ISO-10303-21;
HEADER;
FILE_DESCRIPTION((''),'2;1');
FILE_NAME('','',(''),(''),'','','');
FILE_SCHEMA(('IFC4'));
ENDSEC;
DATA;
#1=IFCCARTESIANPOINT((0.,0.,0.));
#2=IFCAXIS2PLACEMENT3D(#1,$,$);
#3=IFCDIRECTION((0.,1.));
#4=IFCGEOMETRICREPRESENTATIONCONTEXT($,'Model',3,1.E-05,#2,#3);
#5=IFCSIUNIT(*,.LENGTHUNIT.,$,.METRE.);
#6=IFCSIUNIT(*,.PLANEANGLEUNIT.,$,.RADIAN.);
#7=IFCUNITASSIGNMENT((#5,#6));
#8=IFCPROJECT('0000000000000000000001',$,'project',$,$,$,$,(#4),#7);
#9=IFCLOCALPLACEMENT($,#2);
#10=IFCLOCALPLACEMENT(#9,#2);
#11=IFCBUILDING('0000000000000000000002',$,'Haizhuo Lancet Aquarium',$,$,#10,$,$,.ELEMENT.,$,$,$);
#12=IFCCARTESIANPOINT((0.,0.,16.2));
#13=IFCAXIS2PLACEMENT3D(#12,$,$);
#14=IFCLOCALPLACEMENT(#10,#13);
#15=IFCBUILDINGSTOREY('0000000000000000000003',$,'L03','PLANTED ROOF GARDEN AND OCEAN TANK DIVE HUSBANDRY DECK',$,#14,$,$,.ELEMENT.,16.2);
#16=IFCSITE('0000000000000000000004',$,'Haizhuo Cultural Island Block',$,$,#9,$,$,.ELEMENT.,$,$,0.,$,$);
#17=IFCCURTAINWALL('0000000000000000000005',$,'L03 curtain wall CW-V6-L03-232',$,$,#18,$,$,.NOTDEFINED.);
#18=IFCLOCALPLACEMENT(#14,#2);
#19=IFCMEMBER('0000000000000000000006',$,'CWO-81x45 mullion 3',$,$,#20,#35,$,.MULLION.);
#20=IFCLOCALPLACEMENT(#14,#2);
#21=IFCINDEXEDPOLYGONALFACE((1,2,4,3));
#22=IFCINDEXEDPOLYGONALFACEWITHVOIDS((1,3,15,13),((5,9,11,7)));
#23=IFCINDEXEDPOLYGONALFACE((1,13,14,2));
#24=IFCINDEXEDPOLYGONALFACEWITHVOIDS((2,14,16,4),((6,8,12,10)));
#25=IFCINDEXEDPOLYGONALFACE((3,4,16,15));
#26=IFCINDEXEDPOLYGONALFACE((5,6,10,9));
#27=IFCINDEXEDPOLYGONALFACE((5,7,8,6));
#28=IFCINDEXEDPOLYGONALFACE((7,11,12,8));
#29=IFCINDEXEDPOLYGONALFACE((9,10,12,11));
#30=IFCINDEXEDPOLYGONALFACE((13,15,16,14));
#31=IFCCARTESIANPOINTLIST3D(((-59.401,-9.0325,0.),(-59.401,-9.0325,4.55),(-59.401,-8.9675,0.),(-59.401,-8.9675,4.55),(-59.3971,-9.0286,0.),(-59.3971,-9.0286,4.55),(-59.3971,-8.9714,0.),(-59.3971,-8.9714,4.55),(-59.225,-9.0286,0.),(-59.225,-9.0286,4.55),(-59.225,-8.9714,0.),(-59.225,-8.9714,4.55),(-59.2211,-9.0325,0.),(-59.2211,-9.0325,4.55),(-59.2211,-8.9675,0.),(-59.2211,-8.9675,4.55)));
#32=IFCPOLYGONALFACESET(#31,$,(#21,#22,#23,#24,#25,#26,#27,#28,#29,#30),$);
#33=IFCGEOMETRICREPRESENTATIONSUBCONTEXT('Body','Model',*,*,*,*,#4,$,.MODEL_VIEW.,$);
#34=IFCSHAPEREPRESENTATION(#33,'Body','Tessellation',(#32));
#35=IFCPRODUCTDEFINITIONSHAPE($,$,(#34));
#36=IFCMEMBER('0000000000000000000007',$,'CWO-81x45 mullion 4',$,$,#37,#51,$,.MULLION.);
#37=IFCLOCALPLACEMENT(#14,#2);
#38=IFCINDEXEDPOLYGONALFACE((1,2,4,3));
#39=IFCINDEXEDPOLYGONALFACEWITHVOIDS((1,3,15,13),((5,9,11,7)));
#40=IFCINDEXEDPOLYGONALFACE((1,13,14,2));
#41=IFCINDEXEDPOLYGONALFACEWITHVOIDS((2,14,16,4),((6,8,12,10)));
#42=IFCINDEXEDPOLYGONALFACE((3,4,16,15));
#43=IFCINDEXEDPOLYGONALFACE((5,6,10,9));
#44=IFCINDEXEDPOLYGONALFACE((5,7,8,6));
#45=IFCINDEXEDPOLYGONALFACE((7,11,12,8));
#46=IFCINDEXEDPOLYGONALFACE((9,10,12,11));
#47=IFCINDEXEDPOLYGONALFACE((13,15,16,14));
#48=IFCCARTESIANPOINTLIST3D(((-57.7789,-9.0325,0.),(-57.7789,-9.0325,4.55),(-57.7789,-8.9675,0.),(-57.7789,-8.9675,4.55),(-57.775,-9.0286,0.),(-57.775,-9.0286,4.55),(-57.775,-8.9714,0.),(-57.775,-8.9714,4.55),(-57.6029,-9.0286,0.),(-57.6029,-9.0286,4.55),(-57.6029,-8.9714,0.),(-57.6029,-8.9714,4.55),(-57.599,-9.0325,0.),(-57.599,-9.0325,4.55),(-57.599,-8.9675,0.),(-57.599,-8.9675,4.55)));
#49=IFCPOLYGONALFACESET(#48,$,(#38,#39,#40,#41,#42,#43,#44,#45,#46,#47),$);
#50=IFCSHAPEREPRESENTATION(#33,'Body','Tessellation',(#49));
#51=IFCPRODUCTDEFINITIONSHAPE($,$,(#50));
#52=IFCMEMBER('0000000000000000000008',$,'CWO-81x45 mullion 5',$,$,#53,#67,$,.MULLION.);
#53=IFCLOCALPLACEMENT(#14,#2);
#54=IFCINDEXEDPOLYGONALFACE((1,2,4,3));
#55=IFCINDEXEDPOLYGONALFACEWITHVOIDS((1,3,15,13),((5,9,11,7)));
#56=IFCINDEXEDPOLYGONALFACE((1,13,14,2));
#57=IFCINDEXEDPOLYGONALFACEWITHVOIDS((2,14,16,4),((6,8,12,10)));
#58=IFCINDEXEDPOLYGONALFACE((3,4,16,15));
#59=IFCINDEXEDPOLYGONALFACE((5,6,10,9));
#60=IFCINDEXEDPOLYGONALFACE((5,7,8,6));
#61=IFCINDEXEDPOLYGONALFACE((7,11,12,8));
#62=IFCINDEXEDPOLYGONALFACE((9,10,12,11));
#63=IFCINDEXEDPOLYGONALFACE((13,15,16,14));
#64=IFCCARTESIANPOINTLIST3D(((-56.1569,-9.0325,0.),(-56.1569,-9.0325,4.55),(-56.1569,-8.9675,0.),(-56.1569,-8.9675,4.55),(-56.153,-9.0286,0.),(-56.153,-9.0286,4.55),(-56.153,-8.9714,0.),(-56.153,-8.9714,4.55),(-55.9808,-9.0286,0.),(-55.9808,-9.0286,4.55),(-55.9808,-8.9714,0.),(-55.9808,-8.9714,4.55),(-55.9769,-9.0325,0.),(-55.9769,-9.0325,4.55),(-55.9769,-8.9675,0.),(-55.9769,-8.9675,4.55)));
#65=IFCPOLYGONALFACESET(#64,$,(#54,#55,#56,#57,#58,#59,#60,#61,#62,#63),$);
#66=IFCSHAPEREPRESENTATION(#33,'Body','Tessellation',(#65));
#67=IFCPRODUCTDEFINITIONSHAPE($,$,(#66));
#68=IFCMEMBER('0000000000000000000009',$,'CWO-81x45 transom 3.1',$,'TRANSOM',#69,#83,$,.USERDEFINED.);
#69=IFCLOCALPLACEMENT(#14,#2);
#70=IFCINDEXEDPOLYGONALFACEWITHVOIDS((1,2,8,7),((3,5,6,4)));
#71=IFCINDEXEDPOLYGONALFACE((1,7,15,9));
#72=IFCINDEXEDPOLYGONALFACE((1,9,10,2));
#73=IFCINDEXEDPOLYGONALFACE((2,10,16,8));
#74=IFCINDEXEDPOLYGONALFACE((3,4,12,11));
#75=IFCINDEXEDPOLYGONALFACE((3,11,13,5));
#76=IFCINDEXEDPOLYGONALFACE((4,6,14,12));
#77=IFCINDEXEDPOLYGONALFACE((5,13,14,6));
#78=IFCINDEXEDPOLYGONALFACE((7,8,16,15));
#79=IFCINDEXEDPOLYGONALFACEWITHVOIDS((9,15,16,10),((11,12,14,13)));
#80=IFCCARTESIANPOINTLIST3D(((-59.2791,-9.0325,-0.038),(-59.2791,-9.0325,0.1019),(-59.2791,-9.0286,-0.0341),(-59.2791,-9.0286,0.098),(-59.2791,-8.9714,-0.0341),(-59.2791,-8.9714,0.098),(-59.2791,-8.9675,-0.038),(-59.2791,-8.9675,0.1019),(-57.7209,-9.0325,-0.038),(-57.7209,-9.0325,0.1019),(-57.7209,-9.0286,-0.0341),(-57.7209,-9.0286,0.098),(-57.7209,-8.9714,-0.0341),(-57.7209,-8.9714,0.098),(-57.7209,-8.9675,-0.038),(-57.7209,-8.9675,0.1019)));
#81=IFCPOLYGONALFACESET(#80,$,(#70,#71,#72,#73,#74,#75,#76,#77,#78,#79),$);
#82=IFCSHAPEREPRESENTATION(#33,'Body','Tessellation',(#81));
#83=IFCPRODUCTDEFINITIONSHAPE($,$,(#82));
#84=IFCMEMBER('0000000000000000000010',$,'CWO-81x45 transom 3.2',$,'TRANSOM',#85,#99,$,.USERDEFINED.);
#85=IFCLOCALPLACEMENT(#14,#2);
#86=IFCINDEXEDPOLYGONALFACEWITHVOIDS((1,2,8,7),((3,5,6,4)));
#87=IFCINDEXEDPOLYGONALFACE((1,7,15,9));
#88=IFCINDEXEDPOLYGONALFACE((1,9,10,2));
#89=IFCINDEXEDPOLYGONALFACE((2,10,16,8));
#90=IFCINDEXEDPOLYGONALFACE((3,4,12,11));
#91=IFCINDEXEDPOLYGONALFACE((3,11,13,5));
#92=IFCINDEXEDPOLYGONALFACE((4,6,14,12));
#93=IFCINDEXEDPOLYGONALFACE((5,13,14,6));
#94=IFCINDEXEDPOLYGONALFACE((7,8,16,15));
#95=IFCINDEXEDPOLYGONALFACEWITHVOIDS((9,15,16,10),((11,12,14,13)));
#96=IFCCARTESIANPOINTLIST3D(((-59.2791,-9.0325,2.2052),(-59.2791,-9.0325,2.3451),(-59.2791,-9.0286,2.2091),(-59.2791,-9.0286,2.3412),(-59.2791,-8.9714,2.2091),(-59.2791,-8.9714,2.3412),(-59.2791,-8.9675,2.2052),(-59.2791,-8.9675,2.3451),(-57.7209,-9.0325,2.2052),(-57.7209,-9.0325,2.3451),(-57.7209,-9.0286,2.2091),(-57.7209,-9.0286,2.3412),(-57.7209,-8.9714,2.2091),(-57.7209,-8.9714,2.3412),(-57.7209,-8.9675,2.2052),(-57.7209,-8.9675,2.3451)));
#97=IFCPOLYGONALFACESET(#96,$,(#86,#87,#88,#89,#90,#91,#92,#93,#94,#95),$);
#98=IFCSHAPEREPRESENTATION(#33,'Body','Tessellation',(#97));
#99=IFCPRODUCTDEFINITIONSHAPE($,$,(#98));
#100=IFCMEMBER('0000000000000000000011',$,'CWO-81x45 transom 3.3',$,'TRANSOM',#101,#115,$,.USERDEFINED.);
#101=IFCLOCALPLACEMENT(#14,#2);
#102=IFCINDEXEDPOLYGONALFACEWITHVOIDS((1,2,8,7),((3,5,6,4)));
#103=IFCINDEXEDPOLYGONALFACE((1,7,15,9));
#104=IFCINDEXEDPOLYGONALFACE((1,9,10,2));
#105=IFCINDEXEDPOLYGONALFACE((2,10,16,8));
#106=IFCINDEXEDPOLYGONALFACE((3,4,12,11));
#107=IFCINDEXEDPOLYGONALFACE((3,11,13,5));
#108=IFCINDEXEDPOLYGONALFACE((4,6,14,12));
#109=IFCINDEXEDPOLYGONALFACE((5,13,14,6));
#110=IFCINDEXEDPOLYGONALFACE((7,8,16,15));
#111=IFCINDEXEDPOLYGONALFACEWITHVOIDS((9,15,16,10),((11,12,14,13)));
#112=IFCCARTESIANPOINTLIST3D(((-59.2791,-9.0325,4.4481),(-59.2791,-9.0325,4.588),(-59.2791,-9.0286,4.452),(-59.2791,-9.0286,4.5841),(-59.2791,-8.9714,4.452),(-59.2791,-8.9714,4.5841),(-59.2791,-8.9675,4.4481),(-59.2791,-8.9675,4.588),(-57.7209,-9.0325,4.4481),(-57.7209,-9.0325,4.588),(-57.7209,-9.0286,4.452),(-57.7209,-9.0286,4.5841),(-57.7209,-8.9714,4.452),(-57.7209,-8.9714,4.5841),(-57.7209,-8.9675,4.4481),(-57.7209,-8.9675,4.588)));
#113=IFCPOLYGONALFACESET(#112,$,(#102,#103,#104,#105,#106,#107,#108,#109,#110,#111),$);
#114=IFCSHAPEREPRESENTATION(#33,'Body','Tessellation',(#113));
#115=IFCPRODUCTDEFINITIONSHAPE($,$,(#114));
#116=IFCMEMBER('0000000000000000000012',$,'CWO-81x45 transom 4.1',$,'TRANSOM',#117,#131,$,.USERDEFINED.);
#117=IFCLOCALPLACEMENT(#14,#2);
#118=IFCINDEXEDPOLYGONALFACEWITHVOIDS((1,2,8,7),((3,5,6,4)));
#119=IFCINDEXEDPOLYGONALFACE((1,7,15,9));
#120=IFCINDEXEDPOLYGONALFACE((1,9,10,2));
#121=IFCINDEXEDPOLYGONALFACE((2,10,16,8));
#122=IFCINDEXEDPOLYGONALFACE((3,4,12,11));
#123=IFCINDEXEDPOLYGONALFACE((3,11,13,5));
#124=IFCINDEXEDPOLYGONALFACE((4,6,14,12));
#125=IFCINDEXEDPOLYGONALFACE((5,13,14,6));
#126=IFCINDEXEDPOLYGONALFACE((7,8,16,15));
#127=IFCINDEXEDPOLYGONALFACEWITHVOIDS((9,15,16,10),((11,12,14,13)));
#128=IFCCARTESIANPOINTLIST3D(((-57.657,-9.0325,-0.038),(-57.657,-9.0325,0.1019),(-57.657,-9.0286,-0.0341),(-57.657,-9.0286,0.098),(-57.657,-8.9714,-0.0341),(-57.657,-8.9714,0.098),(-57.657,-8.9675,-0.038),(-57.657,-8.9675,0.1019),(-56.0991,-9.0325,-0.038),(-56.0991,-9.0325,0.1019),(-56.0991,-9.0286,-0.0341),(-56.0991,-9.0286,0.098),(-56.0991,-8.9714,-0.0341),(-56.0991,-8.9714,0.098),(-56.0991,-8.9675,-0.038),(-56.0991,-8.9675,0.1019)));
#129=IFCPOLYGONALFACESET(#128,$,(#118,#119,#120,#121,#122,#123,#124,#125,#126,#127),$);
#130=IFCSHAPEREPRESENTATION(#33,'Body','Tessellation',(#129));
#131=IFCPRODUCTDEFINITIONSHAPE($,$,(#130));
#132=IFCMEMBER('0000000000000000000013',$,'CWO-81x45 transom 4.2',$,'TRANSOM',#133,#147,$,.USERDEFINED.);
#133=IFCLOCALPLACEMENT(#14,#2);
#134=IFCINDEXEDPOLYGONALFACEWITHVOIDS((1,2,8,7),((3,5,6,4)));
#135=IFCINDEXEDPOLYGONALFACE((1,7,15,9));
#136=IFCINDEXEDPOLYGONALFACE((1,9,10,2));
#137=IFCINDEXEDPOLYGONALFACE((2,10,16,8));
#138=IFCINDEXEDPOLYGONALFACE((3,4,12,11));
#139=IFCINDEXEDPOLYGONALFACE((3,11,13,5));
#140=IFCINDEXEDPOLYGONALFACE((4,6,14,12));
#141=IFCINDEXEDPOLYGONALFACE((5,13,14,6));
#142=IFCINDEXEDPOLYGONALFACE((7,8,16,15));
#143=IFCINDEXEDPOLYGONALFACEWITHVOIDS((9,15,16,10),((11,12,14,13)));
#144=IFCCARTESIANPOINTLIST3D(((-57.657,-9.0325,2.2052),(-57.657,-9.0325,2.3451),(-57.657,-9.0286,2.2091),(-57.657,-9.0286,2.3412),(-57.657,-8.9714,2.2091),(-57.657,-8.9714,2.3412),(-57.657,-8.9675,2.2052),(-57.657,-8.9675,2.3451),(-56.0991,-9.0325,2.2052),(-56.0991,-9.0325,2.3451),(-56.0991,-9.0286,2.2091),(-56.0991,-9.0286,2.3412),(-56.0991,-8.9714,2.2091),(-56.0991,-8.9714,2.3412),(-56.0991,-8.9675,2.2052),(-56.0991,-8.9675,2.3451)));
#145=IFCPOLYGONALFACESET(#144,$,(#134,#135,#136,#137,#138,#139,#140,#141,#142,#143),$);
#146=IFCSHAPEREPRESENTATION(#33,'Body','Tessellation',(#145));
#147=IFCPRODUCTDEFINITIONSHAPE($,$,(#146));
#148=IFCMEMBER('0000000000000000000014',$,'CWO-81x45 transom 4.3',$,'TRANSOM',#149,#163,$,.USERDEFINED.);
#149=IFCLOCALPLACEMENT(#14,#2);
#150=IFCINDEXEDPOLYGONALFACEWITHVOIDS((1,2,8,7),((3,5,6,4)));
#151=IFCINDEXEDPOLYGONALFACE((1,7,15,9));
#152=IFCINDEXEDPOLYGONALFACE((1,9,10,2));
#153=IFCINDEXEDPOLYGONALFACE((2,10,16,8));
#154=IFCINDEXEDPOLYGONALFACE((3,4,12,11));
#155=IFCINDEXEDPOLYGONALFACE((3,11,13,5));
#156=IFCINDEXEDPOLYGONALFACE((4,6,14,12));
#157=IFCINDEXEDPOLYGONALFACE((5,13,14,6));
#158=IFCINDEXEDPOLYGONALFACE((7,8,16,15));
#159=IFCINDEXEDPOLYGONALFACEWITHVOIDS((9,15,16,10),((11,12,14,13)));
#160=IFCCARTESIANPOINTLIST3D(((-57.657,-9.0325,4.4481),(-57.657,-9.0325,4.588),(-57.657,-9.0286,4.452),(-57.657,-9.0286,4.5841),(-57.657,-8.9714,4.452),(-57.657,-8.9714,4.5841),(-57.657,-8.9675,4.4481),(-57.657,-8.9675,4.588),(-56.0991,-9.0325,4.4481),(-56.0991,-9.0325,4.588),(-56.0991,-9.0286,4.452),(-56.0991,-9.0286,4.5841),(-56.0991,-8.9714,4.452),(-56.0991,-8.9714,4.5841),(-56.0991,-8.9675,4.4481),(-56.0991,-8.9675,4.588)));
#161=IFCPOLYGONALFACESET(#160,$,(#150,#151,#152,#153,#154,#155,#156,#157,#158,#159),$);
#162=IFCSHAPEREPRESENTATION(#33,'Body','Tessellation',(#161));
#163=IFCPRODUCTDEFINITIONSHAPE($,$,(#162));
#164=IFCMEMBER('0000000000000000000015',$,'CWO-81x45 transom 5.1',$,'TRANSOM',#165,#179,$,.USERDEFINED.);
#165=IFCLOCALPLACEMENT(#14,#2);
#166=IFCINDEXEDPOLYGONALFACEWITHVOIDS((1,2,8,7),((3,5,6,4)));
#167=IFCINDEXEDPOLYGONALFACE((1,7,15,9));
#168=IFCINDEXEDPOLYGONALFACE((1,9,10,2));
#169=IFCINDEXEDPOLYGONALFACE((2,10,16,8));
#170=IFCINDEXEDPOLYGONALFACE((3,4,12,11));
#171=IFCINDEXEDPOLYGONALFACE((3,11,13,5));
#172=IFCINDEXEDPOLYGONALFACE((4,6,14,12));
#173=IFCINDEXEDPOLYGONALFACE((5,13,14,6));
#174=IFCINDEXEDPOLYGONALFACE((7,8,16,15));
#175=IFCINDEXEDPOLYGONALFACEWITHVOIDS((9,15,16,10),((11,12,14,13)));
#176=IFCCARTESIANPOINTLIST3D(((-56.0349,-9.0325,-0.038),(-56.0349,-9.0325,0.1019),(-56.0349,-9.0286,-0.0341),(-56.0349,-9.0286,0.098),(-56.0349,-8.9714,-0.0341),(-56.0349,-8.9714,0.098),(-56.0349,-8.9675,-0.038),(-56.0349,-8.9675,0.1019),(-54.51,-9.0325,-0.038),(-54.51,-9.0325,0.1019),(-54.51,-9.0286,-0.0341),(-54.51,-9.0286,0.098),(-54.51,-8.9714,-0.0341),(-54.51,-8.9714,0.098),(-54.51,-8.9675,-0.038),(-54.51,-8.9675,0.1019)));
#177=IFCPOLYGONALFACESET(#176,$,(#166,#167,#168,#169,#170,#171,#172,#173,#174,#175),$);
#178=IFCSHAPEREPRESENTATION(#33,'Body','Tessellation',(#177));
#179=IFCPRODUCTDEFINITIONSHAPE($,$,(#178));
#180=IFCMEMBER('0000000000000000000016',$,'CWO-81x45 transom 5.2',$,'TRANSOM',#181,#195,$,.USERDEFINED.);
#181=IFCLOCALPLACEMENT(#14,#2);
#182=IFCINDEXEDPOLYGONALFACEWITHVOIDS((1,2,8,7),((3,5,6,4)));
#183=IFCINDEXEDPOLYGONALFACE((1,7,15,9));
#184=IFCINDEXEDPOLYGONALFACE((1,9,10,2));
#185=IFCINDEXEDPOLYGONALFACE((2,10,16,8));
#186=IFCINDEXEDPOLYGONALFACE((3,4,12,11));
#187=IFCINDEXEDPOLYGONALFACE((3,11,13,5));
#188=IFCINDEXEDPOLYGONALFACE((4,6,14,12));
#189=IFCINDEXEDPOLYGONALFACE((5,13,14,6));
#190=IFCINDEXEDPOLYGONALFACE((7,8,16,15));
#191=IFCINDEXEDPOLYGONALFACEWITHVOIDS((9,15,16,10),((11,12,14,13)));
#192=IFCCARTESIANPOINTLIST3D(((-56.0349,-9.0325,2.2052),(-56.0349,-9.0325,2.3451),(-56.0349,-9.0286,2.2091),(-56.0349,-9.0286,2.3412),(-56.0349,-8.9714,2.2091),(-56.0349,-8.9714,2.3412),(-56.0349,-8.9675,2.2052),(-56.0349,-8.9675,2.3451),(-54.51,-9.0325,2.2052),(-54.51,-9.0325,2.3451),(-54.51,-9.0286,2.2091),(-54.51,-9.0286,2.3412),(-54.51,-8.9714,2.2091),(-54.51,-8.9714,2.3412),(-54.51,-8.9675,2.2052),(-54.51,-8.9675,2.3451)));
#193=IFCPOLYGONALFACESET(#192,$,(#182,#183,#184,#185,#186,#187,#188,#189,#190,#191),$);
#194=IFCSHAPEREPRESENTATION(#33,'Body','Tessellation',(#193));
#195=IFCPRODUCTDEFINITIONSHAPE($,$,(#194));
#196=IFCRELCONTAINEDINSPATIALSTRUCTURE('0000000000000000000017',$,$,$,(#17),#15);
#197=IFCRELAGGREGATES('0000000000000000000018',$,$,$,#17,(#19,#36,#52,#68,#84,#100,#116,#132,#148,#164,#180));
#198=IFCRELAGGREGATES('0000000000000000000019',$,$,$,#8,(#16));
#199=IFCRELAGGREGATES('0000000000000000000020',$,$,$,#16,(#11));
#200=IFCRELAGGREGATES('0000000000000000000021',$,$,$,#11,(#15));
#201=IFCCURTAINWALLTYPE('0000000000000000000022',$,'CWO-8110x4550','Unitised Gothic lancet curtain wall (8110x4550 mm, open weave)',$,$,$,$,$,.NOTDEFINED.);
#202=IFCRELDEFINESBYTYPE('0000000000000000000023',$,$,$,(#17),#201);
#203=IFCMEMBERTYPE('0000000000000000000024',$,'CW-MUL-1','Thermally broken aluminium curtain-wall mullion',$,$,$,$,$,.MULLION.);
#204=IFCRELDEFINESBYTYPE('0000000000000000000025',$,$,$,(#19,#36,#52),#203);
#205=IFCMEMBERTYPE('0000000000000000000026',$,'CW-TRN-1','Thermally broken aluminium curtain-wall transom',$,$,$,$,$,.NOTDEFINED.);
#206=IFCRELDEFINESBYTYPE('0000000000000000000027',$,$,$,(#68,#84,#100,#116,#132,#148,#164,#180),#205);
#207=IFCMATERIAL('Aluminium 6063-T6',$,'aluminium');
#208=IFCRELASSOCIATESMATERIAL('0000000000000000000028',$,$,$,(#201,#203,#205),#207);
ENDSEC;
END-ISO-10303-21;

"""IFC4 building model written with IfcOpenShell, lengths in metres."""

from ifc_helpers import new_model, si_unit, direction, frame, origin, origin_2d, place, context, subcontext, project, spatial, hollow_rectangle, extrude, material, material_profile, profile_set, type_object, element, aggregate, save


model = new_model("IFC4")

# Units and contexts
model_context = context("Model", 3, precision=1e-05, world=origin(), true_north=direction((0.0, 1.0)))
body_context = subcontext(model_context, "Body", "Model", "MODEL_VIEW")
ifc_project = project(units=[si_unit("LENGTHUNIT", "METRE"), si_unit("PLANEANGLEUNIT", "RADIAN")], contexts=[model_context])

# Site, building, storey
site_placement = place(None, origin())
site = spatial("IfcSite", under=ifc_project, at=site_placement, Name="Haizhuo Cultural Island Block", CompositionType="ELEMENT", RefElevation=0.0)
building_placement = place(site_placement, origin())
building = spatial("IfcBuilding", under=site, at=building_placement, Name="Haizhuo Lancet Aquarium", CompositionType="ELEMENT")
storey_placement = place(building_placement, frame((0.0, 0.0, 16.2)))
storey = spatial("IfcBuildingStorey", under=building, at=storey_placement, Name="L03", Description="PLANTED ROOF GARDEN AND OCEAN TANK DIVE HUSBANDRY DECK", CompositionType="ELEMENT", Elevation=16.2)

# Curtain wall, members
ifc_material_1 = material(Name="Aluminium 6063-T6", Category="aluminium")
curtain_wall_type = type_object("IfcCurtainWallType", Name="CWO-8110x4550", Description="Unitised Gothic lancet curtain wall (8110x4550 mm, open weave)", PredefinedType="NOTDEFINED", material=ifc_material_1)
curtain_wall_placement = place(storey_placement, origin())
curtain_wall = element("IfcCurtainWall", 1, at=curtain_wall_placement, inside=storey, type_object=curtain_wall_type, Name="L03 curtain wall CW-V6-L03-232", PredefinedType="NOTDEFINED")
ifc_material_profile_1 = material_profile(ifc_material_1, hollow_rectangle(XDim=0.0649, YDim=0.1799, WallThickness=0.0039, at=origin_2d()), Name="ALU-M 65x180x4")
ifc_profile_set_1 = profile_set([ifc_material_profile_1], Name="Aluminium 6063-T6")
member_type_1 = type_object("IfcMemberType", Name="CW-MUL-1", Description="Thermally broken aluminium curtain-wall mullion", PredefinedType="MULLION", material=ifc_profile_set_1)
member_1_placement = place(storey_placement, frame((-59.311, -9.0, 0.0), z_axis=(0.0, 0.0, 1.0), x_axis=(0.0, 1.0, 0.0)))
member_1 = element("IfcMember", 2, at=member_1_placement, type_object=member_type_1, Name="CWO-81x45 mullion 3", PredefinedType="MULLION", context=body_context, shape_type="SweptSolid", body=[
    extrude(hollow_rectangle(XDim=0.0649, YDim=0.1799, WallThickness=0.0039, at=origin_2d()), origin(), (0.0, 0.0, 1.0), 4.55),
])
member_2_placement = place(storey_placement, frame((-57.689, -9.0, 0.0), z_axis=(0.0, 0.0, 1.0), x_axis=(0.0, 1.0, 0.0)))
member_2 = element("IfcMember", 3, at=member_2_placement, type_object=member_type_1, Name="CWO-81x45 mullion 4", PredefinedType="MULLION", context=body_context, shape_type="SweptSolid", body=[
    extrude(hollow_rectangle(XDim=0.0649, YDim=0.1799, WallThickness=0.0039, at=origin_2d()), origin(), (0.0, 0.0, 1.0), 4.55),
])
member_3_placement = place(storey_placement, frame((-56.0669, -9.0, 0.0), z_axis=(0.0, 0.0, 1.0), x_axis=(0.0, 1.0, 0.0)))
member_3 = element("IfcMember", 4, at=member_3_placement, type_object=member_type_1, Name="CWO-81x45 mullion 5", PredefinedType="MULLION", context=body_context, shape_type="SweptSolid", body=[
    extrude(hollow_rectangle(XDim=0.0649, YDim=0.1799, WallThickness=0.0039, at=origin_2d()), origin(), (0.0, 0.0, 1.0), 4.55),
])
ifc_material_profile_2 = material_profile(ifc_material_1, hollow_rectangle(XDim=0.0649, YDim=0.1399, WallThickness=0.0039, at=origin_2d()), Name="ALU-T 65x140x4")
ifc_profile_set_2 = profile_set([ifc_material_profile_2], Name="Aluminium 6063-T6")
member_type_2 = type_object("IfcMemberType", Name="CW-TRN-1", Description="Thermally broken aluminium curtain-wall transom", PredefinedType="NOTDEFINED", material=ifc_profile_set_2)
member_4_placement = place(storey_placement, frame((-59.2791, -9.0, 0.032), z_axis=(1.0, 0.0, 0.0), x_axis=(0.0, 1.0, 0.0)))
member_4 = element("IfcMember", 5, at=member_4_placement, type_object=member_type_2, Name="CWO-81x45 transom 3.1", ObjectType="TRANSOM", PredefinedType="USERDEFINED", context=body_context, shape_type="SweptSolid", body=[
    extrude(hollow_rectangle(XDim=0.0649, YDim=0.1399, WallThickness=0.0039, at=origin_2d()), origin(), (0.0, 0.0, 1.0), 1.5581),
])
member_5_placement = place(storey_placement, frame((-59.2791, -9.0, 2.2751), z_axis=(1.0, 0.0, 0.0), x_axis=(0.0, 1.0, 0.0)))
member_5 = element("IfcMember", 6, at=member_5_placement, type_object=member_type_2, Name="CWO-81x45 transom 3.2", ObjectType="TRANSOM", PredefinedType="USERDEFINED", context=body_context, shape_type="SweptSolid", body=[
    extrude(hollow_rectangle(XDim=0.0649, YDim=0.1399, WallThickness=0.0039, at=origin_2d()), origin(), (0.0, 0.0, 1.0), 1.5581),
])
member_6_placement = place(storey_placement, frame((-59.2791, -9.0, 4.5181), z_axis=(1.0, 0.0, 0.0), x_axis=(0.0, 1.0, 0.0)))
member_6 = element("IfcMember", 7, at=member_6_placement, type_object=member_type_2, Name="CWO-81x45 transom 3.3", ObjectType="TRANSOM", PredefinedType="USERDEFINED", context=body_context, shape_type="SweptSolid", body=[
    extrude(hollow_rectangle(XDim=0.0649, YDim=0.1399, WallThickness=0.0039, at=origin_2d()), origin(), (0.0, 0.0, 1.0), 1.5581),
])
member_7_placement = place(storey_placement, frame((-57.657, -9.0, 0.032), z_axis=(1.0, 0.0, 0.0), x_axis=(0.0, 1.0, 0.0)))
member_7 = element("IfcMember", 8, at=member_7_placement, type_object=member_type_2, Name="CWO-81x45 transom 4.1", ObjectType="TRANSOM", PredefinedType="USERDEFINED", context=body_context, shape_type="SweptSolid", body=[
    extrude(hollow_rectangle(XDim=0.0649, YDim=0.1399, WallThickness=0.0039, at=origin_2d()), origin(), (0.0, 0.0, 1.0), 1.5579),
])
member_8_placement = place(storey_placement, frame((-57.657, -9.0, 2.2751), z_axis=(1.0, 0.0, 0.0), x_axis=(0.0, 1.0, 0.0)))
member_8 = element("IfcMember", 9, at=member_8_placement, type_object=member_type_2, Name="CWO-81x45 transom 4.2", ObjectType="TRANSOM", PredefinedType="USERDEFINED", context=body_context, shape_type="SweptSolid", body=[
    extrude(hollow_rectangle(XDim=0.0649, YDim=0.1399, WallThickness=0.0039, at=origin_2d()), origin(), (0.0, 0.0, 1.0), 1.5579),
])
member_9_placement = place(storey_placement, frame((-57.657, -9.0, 4.5181), z_axis=(1.0, 0.0, 0.0), x_axis=(0.0, 1.0, 0.0)))
member_9 = element("IfcMember", 10, at=member_9_placement, type_object=member_type_2, Name="CWO-81x45 transom 4.3", ObjectType="TRANSOM", PredefinedType="USERDEFINED", context=body_context, shape_type="SweptSolid", body=[
    extrude(hollow_rectangle(XDim=0.0649, YDim=0.1399, WallThickness=0.0039, at=origin_2d()), origin(), (0.0, 0.0, 1.0), 1.5579),
])
member_10_placement = place(storey_placement, frame((-56.0349, -9.0, 0.032), z_axis=(1.0, 0.0, 0.0), x_axis=(0.0, 1.0, 0.0)))
member_10 = element("IfcMember", 11, at=member_10_placement, type_object=member_type_2, Name="CWO-81x45 transom 5.1", ObjectType="TRANSOM", PredefinedType="USERDEFINED", context=body_context, shape_type="SweptSolid", body=[
    extrude(hollow_rectangle(XDim=0.0649, YDim=0.1399, WallThickness=0.0039, at=origin_2d()), origin(), (0.0, 0.0, 1.0), 1.5249),
])
member_11_placement = place(storey_placement, frame((-56.0349, -9.0, 2.2751), z_axis=(1.0, 0.0, 0.0), x_axis=(0.0, 1.0, 0.0)))
member_11 = element("IfcMember", 12, at=member_11_placement, type_object=member_type_2, Name="CWO-81x45 transom 5.2", ObjectType="TRANSOM", PredefinedType="USERDEFINED", context=body_context, shape_type="SweptSolid", body=[
    extrude(hollow_rectangle(XDim=0.0649, YDim=0.1399, WallThickness=0.0039, at=origin_2d()), origin(), (0.0, 0.0, 1.0), 1.5249),
])

aggregate(curtain_wall, [member_1, member_2, member_3, member_4, member_5, member_6, member_7, member_8, member_9, member_10, member_11])

save(model, "model.ifc")
